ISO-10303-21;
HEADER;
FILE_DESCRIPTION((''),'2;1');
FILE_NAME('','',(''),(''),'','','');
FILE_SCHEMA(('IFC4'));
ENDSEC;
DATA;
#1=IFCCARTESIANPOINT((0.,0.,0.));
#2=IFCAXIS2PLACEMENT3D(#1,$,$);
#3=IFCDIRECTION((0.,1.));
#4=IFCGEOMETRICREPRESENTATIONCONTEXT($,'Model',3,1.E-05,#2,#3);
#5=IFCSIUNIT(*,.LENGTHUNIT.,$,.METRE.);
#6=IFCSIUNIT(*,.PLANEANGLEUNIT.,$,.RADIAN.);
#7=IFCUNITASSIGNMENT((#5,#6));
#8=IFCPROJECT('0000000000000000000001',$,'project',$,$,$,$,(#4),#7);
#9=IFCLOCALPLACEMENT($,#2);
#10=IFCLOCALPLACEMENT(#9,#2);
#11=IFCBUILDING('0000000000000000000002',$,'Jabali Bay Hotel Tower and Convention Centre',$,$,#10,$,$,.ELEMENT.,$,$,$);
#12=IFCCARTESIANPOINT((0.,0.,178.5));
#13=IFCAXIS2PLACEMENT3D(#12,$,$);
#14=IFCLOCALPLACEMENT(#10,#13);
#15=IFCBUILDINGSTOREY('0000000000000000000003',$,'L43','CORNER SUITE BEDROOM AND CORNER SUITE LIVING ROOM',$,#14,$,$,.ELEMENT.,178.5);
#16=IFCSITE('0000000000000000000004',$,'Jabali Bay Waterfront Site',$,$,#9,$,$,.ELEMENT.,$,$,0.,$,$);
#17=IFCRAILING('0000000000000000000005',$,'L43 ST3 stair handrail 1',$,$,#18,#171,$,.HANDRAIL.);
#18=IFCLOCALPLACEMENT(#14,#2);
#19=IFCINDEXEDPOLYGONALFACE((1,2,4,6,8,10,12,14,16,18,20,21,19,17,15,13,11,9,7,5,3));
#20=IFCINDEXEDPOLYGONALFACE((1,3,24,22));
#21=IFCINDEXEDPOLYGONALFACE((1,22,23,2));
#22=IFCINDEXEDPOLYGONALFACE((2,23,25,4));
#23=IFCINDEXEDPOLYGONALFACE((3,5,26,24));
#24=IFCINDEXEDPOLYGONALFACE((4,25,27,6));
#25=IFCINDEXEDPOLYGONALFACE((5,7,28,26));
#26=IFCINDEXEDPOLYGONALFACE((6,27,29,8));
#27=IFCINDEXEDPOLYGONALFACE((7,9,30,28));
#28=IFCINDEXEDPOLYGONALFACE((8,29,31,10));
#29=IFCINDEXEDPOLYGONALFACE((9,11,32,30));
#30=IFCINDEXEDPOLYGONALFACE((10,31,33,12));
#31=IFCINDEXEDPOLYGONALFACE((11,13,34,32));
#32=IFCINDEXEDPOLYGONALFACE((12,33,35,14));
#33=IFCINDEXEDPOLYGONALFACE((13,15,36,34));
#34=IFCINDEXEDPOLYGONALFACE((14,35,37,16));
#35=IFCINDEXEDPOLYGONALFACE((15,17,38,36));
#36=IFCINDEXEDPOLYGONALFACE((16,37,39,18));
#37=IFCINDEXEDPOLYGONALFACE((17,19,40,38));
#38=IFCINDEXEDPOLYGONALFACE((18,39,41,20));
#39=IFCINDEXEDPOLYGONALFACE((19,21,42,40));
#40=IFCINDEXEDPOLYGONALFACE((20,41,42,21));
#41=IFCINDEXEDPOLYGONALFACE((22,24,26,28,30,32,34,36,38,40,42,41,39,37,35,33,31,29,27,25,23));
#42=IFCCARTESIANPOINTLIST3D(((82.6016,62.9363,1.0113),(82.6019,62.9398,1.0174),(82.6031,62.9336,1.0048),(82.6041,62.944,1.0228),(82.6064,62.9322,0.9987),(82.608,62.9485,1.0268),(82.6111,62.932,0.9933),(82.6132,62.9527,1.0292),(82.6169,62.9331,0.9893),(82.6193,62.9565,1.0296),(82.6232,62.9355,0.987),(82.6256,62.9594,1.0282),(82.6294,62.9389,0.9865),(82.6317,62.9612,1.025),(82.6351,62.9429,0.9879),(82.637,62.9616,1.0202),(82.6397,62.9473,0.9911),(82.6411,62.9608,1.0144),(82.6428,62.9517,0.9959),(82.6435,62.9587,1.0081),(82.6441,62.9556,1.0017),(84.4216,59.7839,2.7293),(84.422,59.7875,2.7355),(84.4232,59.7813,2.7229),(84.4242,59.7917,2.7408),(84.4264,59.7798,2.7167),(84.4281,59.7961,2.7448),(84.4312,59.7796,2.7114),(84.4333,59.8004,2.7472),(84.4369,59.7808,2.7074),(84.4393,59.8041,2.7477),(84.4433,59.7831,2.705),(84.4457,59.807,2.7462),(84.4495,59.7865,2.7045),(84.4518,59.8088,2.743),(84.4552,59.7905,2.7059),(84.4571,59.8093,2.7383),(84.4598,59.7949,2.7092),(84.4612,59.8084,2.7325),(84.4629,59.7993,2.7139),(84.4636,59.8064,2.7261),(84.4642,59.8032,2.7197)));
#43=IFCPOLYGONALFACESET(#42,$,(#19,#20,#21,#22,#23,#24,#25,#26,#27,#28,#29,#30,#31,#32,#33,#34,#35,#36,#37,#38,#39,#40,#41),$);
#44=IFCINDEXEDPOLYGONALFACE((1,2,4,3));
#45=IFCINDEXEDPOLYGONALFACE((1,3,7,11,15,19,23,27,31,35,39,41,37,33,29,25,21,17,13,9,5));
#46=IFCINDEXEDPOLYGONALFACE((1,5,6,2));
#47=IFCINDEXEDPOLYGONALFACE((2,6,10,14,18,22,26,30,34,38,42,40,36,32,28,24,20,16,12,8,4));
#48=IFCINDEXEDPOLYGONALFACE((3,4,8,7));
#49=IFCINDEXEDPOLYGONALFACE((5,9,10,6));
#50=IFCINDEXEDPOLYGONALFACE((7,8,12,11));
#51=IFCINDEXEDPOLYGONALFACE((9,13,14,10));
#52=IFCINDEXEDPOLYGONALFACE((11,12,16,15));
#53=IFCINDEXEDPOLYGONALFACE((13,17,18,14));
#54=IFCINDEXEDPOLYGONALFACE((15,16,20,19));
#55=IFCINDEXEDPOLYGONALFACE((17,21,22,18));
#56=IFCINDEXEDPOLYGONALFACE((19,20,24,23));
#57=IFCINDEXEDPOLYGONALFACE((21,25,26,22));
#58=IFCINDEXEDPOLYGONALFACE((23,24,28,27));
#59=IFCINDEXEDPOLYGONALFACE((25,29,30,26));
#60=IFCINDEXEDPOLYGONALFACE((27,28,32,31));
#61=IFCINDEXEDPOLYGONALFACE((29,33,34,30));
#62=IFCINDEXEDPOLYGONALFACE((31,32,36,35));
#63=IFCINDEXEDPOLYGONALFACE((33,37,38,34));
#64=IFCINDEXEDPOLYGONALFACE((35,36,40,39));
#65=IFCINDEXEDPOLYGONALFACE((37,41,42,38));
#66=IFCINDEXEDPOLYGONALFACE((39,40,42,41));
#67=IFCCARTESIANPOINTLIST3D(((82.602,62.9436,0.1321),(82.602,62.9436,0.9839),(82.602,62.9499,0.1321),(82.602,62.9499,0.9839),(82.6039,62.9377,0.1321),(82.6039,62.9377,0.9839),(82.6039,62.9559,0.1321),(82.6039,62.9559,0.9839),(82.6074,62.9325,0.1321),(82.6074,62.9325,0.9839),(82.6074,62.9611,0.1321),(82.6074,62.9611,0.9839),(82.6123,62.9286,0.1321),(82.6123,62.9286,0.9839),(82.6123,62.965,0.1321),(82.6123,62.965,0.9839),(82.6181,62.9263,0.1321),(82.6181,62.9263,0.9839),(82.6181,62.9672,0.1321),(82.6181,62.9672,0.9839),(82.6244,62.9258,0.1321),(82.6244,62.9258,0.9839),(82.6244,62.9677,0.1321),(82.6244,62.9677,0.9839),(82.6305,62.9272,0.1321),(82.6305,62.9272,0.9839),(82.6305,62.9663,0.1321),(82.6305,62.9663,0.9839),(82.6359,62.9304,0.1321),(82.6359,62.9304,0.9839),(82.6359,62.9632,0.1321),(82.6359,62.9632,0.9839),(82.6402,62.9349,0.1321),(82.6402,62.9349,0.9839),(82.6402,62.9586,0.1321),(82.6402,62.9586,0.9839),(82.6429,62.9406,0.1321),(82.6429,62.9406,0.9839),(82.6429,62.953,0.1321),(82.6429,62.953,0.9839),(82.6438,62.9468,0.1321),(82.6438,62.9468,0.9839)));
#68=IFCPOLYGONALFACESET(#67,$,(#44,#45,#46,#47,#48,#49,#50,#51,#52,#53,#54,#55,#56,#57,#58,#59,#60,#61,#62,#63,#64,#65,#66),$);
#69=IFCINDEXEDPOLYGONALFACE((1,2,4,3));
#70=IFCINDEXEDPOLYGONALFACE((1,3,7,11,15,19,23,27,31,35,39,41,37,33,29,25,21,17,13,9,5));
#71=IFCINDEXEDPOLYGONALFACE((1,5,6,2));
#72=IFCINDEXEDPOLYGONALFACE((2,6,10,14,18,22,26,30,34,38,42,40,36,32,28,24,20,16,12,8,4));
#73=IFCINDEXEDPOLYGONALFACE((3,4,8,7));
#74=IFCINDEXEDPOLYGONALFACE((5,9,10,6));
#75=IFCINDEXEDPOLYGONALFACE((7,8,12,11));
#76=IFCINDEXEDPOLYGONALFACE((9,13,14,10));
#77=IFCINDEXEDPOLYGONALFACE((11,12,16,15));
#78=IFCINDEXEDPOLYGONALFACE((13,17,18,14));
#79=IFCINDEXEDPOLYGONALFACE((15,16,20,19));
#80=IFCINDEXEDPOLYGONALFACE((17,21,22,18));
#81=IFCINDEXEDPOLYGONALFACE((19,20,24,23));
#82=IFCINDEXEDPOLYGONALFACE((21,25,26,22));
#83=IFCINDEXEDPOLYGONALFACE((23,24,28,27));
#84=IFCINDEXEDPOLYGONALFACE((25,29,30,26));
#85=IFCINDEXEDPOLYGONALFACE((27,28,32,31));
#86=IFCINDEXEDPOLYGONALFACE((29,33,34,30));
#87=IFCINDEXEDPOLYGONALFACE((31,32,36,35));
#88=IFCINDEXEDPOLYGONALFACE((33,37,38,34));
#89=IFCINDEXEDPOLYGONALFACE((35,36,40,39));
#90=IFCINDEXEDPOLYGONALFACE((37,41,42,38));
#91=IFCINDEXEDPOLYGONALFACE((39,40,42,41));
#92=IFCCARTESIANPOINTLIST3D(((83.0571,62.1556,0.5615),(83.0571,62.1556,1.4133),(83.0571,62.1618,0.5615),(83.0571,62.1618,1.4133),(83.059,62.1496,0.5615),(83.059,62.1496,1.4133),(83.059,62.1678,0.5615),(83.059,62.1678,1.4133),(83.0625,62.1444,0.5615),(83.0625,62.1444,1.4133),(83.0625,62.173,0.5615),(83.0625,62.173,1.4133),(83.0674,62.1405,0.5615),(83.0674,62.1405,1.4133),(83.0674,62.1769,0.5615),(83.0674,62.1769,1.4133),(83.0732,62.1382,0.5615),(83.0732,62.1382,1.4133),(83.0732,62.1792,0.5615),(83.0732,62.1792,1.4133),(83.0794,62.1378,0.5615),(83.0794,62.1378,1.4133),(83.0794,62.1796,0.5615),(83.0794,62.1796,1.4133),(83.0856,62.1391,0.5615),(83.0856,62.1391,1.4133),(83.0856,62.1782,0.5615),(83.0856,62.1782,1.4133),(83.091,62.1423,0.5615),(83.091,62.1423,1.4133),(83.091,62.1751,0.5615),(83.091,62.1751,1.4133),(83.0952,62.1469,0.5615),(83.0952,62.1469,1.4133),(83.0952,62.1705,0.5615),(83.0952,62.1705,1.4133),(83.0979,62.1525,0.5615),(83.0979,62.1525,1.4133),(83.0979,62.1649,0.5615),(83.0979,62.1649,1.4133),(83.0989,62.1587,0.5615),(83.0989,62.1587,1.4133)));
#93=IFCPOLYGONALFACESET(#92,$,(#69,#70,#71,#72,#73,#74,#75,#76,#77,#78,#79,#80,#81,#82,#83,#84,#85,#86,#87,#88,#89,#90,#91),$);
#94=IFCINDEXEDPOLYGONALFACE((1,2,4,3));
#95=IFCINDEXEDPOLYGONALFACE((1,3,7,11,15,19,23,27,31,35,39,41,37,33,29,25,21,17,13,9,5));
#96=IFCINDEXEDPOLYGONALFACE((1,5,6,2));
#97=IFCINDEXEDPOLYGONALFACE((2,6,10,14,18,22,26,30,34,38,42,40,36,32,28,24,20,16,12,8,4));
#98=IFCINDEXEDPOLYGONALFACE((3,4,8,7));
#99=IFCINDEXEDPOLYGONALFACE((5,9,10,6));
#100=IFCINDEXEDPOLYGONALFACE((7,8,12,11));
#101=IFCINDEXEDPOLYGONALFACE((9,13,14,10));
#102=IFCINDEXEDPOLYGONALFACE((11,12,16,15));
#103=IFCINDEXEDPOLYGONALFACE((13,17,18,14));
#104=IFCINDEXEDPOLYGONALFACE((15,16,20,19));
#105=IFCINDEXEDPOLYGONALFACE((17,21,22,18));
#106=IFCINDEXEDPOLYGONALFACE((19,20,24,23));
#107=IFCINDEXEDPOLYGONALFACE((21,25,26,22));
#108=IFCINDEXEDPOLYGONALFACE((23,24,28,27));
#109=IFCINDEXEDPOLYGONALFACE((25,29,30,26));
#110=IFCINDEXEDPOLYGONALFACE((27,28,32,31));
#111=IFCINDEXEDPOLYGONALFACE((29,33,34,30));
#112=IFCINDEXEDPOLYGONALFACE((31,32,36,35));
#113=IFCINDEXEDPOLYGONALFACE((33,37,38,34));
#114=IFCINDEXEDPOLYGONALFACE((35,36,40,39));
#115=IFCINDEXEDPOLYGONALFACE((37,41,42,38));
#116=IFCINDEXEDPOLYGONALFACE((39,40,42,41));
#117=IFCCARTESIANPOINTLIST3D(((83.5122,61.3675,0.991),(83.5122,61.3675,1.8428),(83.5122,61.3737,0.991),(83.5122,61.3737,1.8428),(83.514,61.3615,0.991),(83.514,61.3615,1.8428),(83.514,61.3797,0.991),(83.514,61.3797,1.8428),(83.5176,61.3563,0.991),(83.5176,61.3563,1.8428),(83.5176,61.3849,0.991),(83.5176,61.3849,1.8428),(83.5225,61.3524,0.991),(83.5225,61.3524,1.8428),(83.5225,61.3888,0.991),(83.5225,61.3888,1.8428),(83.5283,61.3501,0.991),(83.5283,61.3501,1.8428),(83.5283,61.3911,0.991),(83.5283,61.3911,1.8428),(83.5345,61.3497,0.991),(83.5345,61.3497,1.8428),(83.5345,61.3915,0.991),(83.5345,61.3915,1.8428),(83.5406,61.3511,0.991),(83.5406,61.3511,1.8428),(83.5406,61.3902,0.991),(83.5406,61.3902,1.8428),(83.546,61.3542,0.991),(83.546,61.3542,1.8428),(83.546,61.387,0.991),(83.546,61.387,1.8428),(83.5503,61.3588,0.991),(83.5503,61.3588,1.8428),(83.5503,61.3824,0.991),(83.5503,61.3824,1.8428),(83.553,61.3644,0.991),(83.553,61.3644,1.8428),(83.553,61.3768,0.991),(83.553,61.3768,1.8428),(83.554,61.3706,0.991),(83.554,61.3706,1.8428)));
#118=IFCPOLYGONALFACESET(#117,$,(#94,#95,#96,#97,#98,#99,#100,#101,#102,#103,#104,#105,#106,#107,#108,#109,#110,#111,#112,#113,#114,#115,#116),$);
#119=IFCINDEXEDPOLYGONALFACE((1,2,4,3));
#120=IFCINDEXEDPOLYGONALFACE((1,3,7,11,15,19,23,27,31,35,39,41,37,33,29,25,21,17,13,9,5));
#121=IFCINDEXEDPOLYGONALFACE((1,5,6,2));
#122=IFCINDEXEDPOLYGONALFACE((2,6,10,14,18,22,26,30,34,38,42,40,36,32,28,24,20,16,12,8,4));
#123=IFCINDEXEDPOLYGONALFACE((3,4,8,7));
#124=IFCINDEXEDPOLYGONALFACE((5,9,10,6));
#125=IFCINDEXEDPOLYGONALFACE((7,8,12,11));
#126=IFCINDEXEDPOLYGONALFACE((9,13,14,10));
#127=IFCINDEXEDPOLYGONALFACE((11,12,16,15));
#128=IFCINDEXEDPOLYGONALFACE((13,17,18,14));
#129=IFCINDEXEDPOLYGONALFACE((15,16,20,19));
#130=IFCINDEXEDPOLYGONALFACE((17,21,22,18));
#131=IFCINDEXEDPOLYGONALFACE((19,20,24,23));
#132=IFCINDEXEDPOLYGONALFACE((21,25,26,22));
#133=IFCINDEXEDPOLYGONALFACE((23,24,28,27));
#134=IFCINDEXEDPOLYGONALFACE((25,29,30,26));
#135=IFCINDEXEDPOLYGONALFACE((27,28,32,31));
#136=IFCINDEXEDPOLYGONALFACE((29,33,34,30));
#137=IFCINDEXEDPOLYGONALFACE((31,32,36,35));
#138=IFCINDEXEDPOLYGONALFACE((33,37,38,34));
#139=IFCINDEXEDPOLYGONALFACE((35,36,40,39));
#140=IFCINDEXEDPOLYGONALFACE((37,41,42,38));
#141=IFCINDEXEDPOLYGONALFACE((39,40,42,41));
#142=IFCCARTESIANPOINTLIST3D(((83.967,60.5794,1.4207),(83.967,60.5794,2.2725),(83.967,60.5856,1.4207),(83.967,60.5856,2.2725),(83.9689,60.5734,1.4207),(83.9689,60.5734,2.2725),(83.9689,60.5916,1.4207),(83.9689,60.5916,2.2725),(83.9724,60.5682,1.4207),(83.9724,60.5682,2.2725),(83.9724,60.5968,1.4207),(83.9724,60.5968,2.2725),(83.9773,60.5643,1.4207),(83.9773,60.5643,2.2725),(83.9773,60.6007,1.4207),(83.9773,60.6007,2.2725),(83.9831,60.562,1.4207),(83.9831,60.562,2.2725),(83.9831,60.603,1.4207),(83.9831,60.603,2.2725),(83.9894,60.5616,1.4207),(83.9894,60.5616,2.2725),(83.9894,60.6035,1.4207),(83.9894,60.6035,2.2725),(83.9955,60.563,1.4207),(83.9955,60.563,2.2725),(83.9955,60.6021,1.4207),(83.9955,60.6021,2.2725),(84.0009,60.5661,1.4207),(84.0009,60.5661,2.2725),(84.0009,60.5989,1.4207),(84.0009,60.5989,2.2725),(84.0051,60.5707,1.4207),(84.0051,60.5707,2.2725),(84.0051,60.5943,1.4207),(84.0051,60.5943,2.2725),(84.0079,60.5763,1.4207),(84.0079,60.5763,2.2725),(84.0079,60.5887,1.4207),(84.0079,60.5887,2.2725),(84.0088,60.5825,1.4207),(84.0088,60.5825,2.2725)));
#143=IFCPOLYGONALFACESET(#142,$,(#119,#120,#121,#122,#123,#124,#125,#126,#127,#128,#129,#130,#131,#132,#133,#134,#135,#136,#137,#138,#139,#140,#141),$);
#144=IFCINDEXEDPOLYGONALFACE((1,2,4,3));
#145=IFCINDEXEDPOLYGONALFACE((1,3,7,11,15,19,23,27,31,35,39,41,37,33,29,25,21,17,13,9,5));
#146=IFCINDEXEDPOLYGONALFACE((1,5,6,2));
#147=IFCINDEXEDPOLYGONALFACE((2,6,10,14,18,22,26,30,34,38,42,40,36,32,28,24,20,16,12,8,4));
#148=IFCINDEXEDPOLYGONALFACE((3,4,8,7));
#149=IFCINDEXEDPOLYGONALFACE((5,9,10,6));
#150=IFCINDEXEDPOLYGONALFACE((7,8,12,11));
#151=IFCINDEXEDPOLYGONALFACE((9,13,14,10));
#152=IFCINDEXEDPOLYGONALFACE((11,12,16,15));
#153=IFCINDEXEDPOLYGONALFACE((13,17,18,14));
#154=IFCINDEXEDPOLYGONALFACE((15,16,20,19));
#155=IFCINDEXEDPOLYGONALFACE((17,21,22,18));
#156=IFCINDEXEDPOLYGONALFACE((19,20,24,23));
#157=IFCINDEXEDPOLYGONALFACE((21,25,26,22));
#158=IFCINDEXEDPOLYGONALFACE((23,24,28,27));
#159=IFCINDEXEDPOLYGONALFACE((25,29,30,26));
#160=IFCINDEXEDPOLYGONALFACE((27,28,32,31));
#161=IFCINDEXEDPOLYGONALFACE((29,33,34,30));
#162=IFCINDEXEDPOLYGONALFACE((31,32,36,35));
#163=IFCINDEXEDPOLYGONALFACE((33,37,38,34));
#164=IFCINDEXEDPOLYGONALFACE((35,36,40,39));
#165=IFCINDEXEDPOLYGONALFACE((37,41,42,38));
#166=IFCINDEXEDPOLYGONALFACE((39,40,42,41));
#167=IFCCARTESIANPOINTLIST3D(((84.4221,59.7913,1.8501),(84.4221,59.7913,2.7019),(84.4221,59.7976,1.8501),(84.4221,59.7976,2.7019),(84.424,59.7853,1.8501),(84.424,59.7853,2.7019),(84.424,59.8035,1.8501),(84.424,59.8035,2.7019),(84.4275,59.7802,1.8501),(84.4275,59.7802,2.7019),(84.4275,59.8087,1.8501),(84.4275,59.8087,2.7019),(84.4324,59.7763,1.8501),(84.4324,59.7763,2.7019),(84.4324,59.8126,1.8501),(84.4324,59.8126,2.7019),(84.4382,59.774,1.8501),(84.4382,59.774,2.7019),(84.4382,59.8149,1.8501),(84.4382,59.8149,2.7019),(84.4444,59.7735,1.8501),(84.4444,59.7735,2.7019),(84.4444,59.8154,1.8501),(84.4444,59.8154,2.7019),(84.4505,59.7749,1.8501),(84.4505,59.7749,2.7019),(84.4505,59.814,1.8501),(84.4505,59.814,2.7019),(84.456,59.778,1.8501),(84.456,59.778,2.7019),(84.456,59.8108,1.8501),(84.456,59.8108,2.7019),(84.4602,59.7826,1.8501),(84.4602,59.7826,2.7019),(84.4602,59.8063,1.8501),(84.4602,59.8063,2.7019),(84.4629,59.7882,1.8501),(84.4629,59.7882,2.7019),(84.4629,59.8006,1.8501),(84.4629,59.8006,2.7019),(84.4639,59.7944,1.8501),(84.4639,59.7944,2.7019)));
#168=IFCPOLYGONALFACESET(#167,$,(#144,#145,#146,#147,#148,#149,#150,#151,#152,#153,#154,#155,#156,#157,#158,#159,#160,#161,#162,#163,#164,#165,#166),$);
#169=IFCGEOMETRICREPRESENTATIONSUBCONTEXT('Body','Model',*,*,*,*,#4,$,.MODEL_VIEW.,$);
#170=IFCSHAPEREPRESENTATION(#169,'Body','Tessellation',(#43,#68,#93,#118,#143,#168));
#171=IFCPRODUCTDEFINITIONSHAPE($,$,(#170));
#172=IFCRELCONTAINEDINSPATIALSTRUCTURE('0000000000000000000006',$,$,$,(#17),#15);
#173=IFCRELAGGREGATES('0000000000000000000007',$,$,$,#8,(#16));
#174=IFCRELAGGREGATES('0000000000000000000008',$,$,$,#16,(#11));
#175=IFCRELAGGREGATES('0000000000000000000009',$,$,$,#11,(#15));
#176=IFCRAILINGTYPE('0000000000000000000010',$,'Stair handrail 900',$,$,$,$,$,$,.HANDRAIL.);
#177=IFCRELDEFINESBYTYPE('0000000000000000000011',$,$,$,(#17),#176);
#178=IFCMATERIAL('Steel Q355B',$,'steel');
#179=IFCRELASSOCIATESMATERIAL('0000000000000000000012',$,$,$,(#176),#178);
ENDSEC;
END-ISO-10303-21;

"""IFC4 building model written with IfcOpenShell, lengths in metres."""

from ifc_helpers import new_model, si_unit, direction, frame, origin, origin_2d, place, context, subcontext, project, spatial, circle, extrude, material, type_object, element, save


model = new_model("IFC4")

# Units and contexts
model_context = context("Model", 3, precision=1e-05, world=origin(), true_north=direction((0.0, 1.0)))
body_context = subcontext(model_context, "Body", "Model", "MODEL_VIEW")
ifc_project = project(units=[si_unit("LENGTHUNIT", "METRE"), si_unit("PLANEANGLEUNIT", "RADIAN")], contexts=[model_context])

# Site, building, storey
site_placement = place(None, origin())
site = spatial("IfcSite", under=ifc_project, at=site_placement, Name="Jabali Bay Waterfront Site", CompositionType="ELEMENT", RefElevation=0.0)
building_placement = place(site_placement, origin())
building = spatial("IfcBuilding", under=site, at=building_placement, Name="Jabali Bay Hotel Tower and Convention Centre", CompositionType="ELEMENT")
storey_placement = place(building_placement, frame((0.0, 0.0, 178.5)))
storey = spatial("IfcBuildingStorey", under=building, at=storey_placement, Name="L43", Description="CORNER SUITE BEDROOM AND CORNER SUITE LIVING ROOM", CompositionType="ELEMENT", Elevation=178.5)

# Railing
ifc_material_1 = material(Name="Steel Q355B", Category="steel")
railing_type_1 = type_object("IfcRailingType", Name="Stair handrail 900", PredefinedType="HANDRAIL", material=ifc_material_1)
railing_1_placement = place(storey_placement, frame((82.6228, 62.9468, 0.1321)))
element("IfcRailing", 1, at=railing_1_placement, inside=storey, type_object=railing_type_1, Name="L43 ST3 stair handrail 1", PredefinedType="HANDRAIL", context=body_context, shape_type="SweptSolid", body=[
    extrude(circle(Radius=0.0239, at=origin_2d()), frame((0.0, 0.0, 0.876), z_axis=(0.452179, -0.78317, 0.426825), x_axis=(0.866018, 0.500013, 0.0)), (0.0, 0.0, 1.0), 4.0251),
    extrude(circle(Radius=0.021, at=origin_2d()), origin(), (0.0, 0.0, 1.0), 0.8518),
    extrude(circle(Radius=0.021, at=origin_2d()), frame((0.4551, -0.7881, 0.4294)), (0.0, 0.0, 1.0), 0.8518),
    extrude(circle(Radius=0.021, at=origin_2d()), frame((0.9102, -1.5762, 0.8589)), (0.0, 0.0, 1.0), 0.8518),
    extrude(circle(Radius=0.021, at=origin_2d()), frame((1.365, -2.3643, 1.2886)), (0.0, 0.0, 1.0), 0.8518),
    extrude(circle(Radius=0.021, at=origin_2d()), frame((1.8201, -3.1523, 1.718)), (0.0, 0.0, 1.0), 0.8518),
])

save(model, "model.ifc")
